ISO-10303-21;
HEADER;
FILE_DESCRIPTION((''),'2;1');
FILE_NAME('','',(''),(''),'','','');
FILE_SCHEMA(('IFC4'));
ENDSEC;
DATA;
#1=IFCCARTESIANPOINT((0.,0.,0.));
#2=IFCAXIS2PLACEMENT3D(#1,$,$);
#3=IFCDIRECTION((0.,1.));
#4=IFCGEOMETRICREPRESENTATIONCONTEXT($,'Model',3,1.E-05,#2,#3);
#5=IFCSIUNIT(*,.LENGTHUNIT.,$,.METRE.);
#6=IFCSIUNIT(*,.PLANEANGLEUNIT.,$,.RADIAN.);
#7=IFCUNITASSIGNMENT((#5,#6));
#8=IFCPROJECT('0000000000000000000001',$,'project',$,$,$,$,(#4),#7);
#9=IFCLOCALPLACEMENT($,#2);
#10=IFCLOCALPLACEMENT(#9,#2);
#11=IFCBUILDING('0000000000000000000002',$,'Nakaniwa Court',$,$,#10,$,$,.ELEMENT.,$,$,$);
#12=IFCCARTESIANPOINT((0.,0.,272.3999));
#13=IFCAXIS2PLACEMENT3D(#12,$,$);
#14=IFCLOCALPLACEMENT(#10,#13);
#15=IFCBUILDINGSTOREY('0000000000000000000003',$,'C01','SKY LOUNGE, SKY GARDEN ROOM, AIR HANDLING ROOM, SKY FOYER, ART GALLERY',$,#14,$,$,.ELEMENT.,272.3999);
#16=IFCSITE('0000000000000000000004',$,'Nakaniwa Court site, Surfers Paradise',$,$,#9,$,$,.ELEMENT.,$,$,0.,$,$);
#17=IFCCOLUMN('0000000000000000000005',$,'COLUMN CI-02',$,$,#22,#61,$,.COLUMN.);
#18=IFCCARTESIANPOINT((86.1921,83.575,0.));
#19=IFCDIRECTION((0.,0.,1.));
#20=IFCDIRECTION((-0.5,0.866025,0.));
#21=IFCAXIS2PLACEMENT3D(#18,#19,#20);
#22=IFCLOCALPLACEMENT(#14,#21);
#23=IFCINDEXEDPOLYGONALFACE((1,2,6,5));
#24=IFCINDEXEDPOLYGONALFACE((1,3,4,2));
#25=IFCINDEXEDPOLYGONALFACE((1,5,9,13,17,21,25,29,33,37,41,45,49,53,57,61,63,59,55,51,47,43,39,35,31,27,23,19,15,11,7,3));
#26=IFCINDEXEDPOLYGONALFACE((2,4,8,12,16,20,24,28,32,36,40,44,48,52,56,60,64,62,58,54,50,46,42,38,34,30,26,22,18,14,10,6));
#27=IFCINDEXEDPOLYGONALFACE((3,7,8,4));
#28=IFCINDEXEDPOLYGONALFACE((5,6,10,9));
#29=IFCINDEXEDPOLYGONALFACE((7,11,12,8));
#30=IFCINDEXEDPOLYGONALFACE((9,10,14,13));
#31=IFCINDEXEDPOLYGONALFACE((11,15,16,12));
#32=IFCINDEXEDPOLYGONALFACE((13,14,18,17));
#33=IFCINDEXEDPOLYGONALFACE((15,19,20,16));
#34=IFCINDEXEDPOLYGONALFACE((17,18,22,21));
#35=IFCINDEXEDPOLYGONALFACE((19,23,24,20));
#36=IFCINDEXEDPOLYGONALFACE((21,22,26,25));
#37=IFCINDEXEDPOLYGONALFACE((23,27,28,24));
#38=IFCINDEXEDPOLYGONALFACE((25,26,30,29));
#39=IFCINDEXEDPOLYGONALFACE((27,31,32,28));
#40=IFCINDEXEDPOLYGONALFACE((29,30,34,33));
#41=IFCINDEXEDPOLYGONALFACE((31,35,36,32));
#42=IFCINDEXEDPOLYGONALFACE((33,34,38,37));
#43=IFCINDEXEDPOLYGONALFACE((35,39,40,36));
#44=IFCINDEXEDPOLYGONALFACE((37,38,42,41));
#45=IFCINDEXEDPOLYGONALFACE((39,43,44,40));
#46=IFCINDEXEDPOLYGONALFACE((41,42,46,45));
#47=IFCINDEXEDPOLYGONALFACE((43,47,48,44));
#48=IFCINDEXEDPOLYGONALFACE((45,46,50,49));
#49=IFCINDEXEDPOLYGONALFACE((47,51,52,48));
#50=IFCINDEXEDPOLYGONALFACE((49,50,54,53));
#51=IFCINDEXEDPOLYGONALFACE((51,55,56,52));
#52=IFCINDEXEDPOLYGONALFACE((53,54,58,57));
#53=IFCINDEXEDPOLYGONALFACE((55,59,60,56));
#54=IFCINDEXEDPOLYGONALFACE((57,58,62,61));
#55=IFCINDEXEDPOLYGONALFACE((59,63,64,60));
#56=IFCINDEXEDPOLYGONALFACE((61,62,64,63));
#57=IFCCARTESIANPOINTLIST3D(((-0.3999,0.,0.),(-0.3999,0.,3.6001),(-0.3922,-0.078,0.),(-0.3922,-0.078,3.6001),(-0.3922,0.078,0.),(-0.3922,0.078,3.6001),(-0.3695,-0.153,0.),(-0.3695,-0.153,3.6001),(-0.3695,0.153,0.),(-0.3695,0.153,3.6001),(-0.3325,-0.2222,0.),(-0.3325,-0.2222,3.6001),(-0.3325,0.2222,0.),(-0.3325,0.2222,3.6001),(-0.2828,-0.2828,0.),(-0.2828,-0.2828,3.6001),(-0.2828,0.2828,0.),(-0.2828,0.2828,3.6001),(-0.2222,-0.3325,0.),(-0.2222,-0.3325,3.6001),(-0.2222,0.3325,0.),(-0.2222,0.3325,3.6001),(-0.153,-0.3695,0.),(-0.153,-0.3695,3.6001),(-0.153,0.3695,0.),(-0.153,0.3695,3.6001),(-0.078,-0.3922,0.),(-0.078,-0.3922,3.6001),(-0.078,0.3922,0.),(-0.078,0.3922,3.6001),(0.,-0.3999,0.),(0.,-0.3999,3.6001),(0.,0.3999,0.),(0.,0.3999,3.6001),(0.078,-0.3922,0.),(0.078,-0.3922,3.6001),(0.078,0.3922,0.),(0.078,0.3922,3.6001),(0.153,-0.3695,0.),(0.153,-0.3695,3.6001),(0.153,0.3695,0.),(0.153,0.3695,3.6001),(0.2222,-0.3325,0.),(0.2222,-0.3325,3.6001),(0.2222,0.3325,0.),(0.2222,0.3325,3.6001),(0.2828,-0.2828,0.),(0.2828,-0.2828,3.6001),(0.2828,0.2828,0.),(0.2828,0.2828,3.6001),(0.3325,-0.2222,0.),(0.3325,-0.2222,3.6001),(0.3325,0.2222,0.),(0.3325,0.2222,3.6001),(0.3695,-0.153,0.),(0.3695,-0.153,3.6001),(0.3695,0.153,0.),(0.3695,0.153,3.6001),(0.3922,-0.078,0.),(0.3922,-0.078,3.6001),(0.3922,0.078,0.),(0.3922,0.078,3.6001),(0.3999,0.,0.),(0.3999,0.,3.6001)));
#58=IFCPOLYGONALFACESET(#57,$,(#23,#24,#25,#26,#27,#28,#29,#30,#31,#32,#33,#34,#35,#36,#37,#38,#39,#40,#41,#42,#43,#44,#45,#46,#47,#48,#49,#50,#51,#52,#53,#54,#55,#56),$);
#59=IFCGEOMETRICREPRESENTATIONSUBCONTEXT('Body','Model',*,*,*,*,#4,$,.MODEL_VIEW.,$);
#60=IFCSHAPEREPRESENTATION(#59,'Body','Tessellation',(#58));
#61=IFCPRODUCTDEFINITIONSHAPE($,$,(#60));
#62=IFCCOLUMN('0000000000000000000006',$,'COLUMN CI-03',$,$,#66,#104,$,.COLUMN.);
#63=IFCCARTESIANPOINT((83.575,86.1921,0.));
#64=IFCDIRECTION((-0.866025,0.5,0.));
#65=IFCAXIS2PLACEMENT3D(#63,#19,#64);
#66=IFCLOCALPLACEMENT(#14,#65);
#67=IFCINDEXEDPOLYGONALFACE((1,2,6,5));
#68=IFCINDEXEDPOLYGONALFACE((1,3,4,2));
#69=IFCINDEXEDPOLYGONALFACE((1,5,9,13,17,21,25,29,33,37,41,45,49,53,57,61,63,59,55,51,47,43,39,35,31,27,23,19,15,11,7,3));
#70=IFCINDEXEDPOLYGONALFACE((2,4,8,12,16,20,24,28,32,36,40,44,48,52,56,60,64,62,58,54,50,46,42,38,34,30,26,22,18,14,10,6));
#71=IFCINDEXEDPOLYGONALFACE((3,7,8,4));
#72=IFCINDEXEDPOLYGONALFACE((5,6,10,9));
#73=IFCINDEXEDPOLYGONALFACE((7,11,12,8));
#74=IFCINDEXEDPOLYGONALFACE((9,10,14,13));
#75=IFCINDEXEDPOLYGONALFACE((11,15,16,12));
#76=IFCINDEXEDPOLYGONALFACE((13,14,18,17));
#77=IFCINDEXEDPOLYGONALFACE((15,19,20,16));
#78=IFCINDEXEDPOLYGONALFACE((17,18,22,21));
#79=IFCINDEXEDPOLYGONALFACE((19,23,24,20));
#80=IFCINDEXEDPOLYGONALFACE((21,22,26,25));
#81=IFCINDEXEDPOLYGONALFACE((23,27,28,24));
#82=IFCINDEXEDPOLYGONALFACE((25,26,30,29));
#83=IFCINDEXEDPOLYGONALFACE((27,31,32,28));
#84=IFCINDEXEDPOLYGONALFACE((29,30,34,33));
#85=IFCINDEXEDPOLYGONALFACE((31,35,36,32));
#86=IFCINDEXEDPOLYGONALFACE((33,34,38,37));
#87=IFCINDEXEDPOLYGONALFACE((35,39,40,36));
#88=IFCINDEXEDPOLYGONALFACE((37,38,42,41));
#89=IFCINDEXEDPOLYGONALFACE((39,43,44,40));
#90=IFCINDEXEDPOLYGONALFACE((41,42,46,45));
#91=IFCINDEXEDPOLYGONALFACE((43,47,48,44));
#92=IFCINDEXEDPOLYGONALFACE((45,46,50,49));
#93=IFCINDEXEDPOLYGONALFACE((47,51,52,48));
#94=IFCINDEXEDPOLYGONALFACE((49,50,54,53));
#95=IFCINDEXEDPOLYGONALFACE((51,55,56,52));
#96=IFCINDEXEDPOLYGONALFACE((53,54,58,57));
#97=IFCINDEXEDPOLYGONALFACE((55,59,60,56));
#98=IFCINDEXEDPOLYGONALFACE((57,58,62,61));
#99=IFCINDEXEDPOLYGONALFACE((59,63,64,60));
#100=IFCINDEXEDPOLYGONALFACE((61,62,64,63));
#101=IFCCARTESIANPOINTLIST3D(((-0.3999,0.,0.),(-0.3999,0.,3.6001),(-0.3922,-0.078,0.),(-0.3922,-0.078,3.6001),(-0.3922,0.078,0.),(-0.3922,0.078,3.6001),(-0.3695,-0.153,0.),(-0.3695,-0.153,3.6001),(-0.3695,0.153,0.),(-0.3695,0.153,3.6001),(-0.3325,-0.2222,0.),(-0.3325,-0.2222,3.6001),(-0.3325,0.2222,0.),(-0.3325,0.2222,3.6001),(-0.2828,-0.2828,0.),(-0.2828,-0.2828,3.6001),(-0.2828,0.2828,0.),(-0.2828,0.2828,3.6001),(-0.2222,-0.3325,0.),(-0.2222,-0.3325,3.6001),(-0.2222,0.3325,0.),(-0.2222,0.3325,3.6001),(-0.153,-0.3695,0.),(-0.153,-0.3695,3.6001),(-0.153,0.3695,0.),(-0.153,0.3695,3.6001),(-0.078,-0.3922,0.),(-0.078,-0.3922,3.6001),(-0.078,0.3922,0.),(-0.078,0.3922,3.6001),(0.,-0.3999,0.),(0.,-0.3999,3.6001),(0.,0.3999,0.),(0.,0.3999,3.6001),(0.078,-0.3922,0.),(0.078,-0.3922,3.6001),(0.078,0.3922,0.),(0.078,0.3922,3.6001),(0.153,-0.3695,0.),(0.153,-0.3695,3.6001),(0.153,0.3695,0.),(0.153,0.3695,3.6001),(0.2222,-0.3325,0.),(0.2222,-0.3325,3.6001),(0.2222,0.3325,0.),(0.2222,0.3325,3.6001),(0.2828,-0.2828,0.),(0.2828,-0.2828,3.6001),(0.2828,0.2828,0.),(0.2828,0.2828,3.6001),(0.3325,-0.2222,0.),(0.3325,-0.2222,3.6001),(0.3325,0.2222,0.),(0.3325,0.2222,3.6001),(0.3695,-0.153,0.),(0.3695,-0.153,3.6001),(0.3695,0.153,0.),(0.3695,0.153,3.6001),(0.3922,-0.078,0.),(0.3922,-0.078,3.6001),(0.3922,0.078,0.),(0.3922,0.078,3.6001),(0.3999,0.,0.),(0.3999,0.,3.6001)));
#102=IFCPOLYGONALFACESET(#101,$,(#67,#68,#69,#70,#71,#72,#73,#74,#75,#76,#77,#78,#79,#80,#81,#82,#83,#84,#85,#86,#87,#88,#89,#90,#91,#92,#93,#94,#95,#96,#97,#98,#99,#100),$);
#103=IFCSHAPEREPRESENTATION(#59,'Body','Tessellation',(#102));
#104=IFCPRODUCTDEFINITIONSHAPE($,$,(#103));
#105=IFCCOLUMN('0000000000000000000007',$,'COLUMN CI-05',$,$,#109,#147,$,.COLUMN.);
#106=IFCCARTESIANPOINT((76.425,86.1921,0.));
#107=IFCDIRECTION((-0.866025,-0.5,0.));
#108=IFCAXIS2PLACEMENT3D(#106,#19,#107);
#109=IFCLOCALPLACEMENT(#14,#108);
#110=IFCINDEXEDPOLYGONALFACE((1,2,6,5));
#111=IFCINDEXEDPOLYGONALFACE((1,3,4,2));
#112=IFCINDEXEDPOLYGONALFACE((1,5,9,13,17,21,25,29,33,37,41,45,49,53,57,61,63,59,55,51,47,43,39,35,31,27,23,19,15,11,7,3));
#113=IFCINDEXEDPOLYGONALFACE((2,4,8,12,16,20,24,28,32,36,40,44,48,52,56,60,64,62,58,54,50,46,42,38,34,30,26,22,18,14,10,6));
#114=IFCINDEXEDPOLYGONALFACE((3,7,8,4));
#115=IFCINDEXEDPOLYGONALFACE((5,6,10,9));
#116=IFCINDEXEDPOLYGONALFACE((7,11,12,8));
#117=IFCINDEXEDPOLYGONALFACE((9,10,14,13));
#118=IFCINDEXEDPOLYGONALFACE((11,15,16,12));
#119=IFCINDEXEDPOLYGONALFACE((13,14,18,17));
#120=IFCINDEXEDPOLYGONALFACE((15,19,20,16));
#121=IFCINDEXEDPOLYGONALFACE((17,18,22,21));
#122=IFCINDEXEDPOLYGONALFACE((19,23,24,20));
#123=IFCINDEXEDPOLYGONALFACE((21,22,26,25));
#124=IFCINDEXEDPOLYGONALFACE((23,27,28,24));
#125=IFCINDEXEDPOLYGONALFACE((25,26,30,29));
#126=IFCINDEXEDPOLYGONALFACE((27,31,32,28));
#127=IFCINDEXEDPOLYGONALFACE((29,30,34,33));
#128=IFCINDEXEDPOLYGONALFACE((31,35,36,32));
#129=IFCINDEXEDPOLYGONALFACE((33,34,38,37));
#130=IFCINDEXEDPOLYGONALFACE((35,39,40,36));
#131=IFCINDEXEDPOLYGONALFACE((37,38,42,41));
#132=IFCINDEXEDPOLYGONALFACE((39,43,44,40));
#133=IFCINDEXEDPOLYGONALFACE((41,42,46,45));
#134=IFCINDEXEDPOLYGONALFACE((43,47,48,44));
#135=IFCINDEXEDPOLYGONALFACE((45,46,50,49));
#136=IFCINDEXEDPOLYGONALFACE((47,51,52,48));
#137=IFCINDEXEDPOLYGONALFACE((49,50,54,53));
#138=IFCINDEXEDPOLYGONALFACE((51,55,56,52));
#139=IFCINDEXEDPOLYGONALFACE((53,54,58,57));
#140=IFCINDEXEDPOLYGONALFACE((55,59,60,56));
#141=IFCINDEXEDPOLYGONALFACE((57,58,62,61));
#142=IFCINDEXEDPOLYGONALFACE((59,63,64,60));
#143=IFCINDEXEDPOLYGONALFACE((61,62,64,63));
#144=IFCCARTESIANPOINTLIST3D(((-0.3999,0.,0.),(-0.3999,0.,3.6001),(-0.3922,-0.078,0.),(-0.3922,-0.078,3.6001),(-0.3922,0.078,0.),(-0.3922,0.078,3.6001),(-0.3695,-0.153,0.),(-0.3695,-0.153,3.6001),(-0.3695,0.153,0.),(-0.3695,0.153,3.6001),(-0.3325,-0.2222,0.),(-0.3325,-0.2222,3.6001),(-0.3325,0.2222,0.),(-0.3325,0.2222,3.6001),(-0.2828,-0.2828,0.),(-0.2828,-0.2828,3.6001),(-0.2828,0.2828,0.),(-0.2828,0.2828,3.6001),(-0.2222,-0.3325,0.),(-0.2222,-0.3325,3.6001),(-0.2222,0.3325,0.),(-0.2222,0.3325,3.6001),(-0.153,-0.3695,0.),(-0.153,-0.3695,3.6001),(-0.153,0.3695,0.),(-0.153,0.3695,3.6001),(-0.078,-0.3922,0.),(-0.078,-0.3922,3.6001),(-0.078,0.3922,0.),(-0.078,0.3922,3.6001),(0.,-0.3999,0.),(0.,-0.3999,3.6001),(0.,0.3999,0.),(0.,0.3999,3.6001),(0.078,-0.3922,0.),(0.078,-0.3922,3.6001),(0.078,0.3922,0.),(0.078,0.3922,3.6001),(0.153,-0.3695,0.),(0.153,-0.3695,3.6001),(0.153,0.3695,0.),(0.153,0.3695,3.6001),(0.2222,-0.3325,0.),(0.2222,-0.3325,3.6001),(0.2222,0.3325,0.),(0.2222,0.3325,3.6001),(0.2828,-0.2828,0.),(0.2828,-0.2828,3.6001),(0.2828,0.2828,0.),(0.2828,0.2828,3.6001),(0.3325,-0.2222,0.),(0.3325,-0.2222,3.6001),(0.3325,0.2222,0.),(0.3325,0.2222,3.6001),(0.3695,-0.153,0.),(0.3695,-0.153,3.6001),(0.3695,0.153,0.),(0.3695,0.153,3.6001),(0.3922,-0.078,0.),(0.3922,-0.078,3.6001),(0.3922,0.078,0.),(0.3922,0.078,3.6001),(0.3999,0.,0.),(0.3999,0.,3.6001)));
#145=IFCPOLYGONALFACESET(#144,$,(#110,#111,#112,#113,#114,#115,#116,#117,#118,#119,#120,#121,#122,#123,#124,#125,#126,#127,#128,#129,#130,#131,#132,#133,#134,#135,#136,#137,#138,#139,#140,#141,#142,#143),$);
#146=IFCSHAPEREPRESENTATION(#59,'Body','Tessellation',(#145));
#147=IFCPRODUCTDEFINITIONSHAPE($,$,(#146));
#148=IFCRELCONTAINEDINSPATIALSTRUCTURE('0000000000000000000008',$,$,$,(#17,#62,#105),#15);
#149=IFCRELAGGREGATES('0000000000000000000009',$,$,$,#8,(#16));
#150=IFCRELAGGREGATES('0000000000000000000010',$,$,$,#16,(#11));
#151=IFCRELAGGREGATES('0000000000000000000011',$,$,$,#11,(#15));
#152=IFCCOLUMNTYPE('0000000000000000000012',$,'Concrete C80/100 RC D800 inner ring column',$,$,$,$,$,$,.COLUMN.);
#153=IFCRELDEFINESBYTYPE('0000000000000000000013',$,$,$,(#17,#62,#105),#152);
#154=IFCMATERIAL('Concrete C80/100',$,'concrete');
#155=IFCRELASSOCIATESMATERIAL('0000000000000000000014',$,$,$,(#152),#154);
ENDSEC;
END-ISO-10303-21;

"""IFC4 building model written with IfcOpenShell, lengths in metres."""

from ifc_helpers import new_model, si_unit, direction, frame, origin, origin_2d, place, context, subcontext, project, spatial, circle, extrude, material, material_profile, profile_set, type_object, element, save


model = new_model("IFC4")

# Units and contexts
model_context = context("Model", 3, precision=1e-05, world=origin(), true_north=direction((0.0, 1.0)))
body_context = subcontext(model_context, "Body", "Model", "MODEL_VIEW")
ifc_project = project(units=[si_unit("LENGTHUNIT", "METRE"), si_unit("PLANEANGLEUNIT", "RADIAN")], contexts=[model_context])

# Site, building, storey
site_placement = place(None, origin())
site = spatial("IfcSite", under=ifc_project, at=site_placement, Name="Nakaniwa Court site, Surfers Paradise", CompositionType="ELEMENT", RefElevation=0.0)
building_placement = place(site_placement, origin())
building = spatial("IfcBuilding", under=site, at=building_placement, Name="Nakaniwa Court", CompositionType="ELEMENT")
storey_placement = place(building_placement, frame((0.0, 0.0, 272.3999)))
storey = spatial("IfcBuildingStorey", under=building, at=storey_placement, Name="C01", Description="SKY LOUNGE, SKY GARDEN ROOM, AIR HANDLING ROOM, SKY FOYER, ART GALLERY", CompositionType="ELEMENT", Elevation=272.3999)

# Columns
ifc_material_1 = material(Name="Concrete C80/100", Category="concrete")
ifc_material_profile_1 = material_profile(ifc_material_1, circle(Radius=0.3999, at=origin_2d()), Name="Concrete C80/100 RC D800 inner ring column")
ifc_profile_set_1 = profile_set([ifc_material_profile_1], Name="Concrete C80/100")
column_type_1 = type_object("IfcColumnType", Name="Concrete C80/100 RC D800 inner ring column", PredefinedType="COLUMN", material=ifc_profile_set_1)
for number, where, z_axis, x_axis, name in (
    (1, (86.1921, 83.575, 0.0), (0.0, 0.0, 1.0), (-0.5, 0.866025, 0.0), "COLUMN CI-02"),
    (2, (83.575, 86.1921, 0.0), (0.0, 0.0, 1.0), (-0.866025, 0.5, 0.0), "COLUMN CI-03"),
    (3, (76.425, 86.1921, 0.0), (0.0, 0.0, 1.0), (-0.866025, -0.5, 0.0), "COLUMN CI-05"),
):
    element("IfcColumn", number, at=place(storey_placement, frame(where, z_axis=z_axis, x_axis=x_axis)), inside=storey, type_object=column_type_1, Name=name, PredefinedType="COLUMN", context=body_context, shape_type="SweptSolid", body=[
        extrude(circle(Radius=0.3999, at=origin_2d()), origin(), (0.0, 0.0, 1.0), 3.6001),
    ])

save(model, "model.ifc")
